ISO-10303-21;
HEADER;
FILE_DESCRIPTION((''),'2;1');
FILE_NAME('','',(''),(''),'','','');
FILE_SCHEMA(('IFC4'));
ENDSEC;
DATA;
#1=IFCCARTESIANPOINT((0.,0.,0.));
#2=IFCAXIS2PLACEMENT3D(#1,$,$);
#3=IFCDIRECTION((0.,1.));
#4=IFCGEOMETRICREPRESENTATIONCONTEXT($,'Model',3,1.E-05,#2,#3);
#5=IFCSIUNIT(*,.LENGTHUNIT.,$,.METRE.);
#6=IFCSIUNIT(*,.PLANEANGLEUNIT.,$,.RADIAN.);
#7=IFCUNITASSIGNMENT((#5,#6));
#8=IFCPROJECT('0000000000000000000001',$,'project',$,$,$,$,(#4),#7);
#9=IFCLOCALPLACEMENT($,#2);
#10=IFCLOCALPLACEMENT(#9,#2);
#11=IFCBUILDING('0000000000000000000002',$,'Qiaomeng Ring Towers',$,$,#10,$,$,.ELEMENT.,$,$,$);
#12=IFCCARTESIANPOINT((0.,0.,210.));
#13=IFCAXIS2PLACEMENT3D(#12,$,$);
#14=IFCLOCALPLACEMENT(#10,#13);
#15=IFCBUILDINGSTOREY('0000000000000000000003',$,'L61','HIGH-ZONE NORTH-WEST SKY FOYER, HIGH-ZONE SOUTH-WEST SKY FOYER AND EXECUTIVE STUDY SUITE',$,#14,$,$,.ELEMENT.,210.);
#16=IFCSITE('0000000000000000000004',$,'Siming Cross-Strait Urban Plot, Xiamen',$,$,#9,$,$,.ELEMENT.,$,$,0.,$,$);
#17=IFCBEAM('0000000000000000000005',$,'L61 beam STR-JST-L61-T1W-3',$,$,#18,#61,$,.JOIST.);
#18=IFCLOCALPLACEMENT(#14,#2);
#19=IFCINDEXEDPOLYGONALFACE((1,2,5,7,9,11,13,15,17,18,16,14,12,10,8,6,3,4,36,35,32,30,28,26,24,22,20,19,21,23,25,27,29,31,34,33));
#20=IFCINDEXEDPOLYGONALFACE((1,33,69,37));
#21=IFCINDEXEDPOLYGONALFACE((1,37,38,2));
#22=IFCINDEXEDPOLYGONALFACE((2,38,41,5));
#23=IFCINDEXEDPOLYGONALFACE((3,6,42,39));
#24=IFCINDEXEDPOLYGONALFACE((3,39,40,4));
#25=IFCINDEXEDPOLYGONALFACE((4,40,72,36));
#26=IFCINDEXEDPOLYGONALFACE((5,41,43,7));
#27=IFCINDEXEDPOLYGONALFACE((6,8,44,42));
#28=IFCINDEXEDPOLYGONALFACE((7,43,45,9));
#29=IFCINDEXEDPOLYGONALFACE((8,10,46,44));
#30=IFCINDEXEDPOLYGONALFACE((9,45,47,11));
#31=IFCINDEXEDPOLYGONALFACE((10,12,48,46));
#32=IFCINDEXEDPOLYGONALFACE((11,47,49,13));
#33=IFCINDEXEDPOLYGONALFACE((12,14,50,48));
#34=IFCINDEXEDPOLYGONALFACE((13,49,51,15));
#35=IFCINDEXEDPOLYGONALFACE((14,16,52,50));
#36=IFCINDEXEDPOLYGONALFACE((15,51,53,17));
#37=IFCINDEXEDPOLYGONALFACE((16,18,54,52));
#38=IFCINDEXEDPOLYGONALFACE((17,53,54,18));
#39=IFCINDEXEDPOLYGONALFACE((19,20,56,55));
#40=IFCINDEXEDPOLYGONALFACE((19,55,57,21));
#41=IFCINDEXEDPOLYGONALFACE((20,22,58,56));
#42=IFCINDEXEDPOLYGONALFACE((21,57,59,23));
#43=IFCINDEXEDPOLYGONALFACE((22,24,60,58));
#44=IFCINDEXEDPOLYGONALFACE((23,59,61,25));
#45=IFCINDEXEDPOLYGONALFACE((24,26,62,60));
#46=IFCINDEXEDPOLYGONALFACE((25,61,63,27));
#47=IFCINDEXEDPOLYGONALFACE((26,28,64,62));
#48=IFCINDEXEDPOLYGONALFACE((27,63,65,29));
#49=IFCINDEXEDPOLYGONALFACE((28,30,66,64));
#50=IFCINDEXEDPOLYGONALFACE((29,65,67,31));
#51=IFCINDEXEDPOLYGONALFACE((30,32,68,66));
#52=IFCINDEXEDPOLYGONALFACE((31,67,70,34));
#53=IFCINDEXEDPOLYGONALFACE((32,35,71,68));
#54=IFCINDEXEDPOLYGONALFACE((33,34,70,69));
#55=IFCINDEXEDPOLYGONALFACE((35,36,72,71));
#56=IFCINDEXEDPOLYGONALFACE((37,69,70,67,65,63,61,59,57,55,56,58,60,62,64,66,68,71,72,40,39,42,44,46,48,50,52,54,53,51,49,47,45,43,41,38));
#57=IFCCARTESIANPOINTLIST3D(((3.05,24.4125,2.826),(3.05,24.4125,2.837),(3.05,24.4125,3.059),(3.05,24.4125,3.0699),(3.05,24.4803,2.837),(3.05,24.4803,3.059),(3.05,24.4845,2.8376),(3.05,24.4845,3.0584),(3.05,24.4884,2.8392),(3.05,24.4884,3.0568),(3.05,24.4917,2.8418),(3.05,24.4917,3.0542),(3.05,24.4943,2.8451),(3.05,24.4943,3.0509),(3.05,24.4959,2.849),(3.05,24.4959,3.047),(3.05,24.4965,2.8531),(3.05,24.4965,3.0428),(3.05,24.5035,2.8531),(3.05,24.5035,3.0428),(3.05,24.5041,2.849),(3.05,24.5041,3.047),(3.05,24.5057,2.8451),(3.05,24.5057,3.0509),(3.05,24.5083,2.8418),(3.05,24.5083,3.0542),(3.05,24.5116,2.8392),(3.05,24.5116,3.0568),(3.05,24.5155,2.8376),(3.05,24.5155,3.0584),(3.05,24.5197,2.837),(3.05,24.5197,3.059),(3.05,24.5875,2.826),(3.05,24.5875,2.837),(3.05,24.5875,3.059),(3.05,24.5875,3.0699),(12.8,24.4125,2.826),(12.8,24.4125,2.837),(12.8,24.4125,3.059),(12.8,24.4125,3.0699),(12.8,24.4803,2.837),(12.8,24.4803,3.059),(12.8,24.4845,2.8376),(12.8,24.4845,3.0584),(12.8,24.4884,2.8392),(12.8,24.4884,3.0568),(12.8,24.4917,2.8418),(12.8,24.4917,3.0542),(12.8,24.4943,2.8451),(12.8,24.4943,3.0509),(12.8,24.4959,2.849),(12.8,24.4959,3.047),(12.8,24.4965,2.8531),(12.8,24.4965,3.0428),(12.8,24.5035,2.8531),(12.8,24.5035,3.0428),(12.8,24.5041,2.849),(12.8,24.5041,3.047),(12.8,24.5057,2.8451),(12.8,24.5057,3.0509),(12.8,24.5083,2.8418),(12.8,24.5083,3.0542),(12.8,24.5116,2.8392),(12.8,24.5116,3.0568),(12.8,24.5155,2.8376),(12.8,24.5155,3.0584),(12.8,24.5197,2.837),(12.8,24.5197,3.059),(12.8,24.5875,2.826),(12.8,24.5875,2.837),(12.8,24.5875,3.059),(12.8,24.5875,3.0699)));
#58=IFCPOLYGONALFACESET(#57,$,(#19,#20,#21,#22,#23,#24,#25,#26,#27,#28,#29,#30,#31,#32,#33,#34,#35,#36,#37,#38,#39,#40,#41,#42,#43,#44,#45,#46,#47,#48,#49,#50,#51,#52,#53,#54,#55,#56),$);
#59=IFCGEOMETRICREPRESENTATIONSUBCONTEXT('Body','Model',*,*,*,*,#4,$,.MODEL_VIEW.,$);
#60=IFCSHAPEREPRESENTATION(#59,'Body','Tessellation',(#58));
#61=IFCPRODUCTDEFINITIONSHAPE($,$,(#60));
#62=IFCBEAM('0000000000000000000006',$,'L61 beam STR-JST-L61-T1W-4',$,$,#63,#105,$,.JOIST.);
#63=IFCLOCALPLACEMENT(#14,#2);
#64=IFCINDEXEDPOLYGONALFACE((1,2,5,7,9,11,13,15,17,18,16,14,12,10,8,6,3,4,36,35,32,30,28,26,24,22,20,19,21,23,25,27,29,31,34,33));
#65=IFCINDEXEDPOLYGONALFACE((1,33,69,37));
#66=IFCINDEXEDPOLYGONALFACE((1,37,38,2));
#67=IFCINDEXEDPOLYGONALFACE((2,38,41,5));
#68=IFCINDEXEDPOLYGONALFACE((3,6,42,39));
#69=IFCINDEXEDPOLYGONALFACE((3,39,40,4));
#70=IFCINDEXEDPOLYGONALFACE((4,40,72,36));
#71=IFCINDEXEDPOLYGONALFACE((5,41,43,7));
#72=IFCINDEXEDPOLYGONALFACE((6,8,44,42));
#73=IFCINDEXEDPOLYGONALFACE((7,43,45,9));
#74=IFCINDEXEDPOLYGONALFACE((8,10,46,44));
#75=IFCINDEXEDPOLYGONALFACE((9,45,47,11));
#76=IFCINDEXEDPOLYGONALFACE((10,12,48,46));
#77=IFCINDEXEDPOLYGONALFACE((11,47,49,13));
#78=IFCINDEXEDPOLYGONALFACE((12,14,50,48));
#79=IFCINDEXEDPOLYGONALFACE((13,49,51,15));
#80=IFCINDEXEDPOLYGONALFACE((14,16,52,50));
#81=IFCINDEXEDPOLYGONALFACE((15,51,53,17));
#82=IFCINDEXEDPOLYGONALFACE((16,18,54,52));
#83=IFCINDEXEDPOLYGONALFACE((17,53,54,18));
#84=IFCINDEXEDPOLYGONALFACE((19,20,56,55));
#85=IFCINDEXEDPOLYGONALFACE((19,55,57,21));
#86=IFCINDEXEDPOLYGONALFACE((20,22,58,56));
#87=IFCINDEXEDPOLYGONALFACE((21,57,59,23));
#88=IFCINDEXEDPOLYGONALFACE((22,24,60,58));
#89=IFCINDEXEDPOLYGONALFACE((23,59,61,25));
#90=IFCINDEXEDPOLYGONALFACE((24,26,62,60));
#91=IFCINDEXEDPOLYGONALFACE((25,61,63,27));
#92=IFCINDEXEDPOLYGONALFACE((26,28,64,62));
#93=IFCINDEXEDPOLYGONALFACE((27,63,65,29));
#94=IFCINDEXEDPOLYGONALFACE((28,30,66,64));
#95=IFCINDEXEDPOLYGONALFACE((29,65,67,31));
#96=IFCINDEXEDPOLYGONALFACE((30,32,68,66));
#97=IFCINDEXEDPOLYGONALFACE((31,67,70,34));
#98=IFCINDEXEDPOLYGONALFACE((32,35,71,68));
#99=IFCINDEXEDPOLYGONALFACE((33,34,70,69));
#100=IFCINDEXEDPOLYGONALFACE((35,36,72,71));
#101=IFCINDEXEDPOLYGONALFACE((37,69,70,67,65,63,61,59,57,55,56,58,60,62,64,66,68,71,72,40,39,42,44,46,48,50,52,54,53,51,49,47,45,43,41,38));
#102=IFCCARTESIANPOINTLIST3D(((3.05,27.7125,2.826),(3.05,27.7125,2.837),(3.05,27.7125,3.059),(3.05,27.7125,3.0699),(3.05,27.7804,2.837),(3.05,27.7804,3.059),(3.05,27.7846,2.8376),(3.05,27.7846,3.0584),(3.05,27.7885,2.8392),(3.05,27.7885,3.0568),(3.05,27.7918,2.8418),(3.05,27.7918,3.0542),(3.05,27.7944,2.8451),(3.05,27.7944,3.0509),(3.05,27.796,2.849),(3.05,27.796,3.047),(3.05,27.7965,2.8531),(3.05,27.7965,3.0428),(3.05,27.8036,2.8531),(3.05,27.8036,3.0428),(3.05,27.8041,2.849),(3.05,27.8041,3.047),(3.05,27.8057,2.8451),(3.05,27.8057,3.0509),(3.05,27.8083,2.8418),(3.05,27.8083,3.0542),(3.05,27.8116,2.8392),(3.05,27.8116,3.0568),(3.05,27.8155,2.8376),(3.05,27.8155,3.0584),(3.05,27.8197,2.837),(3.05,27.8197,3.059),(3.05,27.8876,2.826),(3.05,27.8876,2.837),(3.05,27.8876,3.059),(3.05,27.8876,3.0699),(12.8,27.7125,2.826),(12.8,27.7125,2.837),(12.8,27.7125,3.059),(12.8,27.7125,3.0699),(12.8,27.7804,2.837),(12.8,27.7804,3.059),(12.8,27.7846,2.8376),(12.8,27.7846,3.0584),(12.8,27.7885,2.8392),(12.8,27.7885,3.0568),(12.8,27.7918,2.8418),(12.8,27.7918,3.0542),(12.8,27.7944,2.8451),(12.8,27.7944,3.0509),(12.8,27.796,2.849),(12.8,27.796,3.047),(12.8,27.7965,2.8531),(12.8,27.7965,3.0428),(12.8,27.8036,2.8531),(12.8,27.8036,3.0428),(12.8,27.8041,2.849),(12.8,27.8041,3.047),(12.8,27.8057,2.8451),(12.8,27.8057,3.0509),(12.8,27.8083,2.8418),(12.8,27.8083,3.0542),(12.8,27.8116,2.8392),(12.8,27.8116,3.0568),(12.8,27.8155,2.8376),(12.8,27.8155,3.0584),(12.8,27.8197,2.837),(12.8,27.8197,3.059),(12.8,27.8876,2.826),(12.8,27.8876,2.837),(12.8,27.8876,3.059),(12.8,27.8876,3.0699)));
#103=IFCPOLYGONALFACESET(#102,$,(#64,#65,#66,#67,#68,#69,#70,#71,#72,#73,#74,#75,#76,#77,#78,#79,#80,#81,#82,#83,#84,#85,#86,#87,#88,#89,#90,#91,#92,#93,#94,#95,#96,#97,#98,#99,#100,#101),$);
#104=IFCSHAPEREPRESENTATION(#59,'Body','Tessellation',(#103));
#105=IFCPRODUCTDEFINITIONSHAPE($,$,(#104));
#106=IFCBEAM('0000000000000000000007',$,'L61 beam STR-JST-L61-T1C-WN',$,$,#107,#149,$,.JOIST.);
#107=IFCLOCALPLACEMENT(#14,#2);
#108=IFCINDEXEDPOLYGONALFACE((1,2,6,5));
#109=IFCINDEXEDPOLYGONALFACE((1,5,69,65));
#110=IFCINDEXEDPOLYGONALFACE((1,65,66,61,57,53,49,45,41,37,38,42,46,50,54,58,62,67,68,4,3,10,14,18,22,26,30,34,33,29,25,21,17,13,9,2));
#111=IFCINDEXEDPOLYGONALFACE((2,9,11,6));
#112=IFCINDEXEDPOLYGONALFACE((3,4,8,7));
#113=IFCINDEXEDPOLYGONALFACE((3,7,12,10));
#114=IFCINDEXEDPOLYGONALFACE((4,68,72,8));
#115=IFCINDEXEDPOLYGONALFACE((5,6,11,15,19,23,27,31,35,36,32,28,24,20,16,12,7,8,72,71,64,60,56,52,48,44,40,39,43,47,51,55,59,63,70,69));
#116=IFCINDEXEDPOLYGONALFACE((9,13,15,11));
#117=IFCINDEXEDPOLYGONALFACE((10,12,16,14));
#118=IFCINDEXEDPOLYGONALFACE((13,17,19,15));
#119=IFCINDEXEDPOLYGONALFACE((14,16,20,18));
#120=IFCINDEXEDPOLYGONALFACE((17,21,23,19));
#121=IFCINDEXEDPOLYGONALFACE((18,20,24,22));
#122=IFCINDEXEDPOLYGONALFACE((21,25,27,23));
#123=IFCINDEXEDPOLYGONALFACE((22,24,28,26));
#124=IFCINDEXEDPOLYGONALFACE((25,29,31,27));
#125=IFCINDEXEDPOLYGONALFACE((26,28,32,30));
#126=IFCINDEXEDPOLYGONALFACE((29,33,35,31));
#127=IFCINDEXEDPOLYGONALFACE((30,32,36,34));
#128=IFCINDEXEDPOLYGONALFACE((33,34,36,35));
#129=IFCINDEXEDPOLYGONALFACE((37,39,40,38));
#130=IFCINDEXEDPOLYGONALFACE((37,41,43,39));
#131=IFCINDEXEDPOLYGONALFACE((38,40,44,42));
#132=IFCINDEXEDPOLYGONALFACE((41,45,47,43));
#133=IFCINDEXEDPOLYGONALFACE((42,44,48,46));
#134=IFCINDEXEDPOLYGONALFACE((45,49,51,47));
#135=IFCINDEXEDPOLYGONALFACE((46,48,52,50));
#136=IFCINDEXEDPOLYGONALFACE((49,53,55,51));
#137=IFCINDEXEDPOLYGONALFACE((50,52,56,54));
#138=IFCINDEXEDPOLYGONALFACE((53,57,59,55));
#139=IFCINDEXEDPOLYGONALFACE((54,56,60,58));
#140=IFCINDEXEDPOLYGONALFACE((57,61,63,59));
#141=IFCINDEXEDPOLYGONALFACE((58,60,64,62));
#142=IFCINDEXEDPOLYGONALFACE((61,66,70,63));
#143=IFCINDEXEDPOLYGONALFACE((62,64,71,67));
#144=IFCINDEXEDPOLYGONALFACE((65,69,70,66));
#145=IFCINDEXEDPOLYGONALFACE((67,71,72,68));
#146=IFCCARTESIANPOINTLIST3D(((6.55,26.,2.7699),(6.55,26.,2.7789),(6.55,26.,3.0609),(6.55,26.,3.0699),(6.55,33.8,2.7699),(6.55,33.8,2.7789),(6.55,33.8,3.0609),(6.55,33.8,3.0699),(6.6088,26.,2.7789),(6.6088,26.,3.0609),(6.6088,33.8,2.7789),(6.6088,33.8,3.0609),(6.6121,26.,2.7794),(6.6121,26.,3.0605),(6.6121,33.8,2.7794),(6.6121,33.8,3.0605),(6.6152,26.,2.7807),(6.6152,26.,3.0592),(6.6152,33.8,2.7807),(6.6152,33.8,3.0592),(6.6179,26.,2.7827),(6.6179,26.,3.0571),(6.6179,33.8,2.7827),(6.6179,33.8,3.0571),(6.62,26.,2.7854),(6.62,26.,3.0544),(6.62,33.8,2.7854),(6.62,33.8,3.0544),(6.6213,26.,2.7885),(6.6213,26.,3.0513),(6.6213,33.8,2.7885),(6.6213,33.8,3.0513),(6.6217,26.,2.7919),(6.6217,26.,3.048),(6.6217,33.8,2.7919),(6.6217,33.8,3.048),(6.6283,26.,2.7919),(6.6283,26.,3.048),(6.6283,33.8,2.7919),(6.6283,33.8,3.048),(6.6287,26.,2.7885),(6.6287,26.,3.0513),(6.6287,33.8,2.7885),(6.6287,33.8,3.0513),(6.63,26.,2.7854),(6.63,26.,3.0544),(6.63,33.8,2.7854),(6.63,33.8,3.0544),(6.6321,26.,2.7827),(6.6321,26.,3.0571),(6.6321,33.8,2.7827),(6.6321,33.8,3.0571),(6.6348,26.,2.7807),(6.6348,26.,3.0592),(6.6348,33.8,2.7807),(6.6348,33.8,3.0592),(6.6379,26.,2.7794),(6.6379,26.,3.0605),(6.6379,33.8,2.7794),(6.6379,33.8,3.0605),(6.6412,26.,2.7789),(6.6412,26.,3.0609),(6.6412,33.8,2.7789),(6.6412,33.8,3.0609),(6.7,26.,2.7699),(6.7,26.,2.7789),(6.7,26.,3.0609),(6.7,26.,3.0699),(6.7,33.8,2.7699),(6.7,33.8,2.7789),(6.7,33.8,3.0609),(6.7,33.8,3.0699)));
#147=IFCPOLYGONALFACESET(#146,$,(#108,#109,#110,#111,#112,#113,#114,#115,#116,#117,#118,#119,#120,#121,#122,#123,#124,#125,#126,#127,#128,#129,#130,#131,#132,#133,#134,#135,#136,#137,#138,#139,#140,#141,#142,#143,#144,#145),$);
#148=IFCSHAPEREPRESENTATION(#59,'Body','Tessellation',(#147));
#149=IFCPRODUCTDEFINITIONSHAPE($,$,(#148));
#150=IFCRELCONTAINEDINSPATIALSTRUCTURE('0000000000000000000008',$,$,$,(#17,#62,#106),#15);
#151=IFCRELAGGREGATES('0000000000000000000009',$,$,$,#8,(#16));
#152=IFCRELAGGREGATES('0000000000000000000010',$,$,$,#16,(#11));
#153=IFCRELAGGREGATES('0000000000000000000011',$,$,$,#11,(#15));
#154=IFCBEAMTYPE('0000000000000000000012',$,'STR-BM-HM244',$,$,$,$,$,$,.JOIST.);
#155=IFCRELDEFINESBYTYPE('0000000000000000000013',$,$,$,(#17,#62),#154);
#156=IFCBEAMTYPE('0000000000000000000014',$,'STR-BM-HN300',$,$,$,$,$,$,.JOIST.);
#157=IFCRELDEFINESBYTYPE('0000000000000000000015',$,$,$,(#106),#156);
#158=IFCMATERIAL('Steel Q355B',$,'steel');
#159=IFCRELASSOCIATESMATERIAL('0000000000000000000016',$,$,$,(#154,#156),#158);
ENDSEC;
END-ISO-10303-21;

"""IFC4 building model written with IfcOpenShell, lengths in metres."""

from ifc_helpers import new_model, si_unit, direction, frame, origin, origin_2d, place, context, subcontext, project, spatial, i_section, extrude, source, transform, mapped, material, material_profile, profile_set, type_object, element, save


model = new_model("IFC4")

# Units and contexts
model_context = context("Model", 3, precision=1e-05, world=origin(), true_north=direction((0.0, 1.0)))
body_context = subcontext(model_context, "Body", "Model", "MODEL_VIEW")
ifc_project = project(units=[si_unit("LENGTHUNIT", "METRE"), si_unit("PLANEANGLEUNIT", "RADIAN")], contexts=[model_context])

# Site, building, storey
site_placement = place(None, origin())
site = spatial("IfcSite", under=ifc_project, at=site_placement, Name="Siming Cross-Strait Urban Plot, Xiamen", CompositionType="ELEMENT", RefElevation=0.0)
building_placement = place(site_placement, origin())
building = spatial("IfcBuilding", under=site, at=building_placement, Name="Qiaomeng Ring Towers", CompositionType="ELEMENT")
storey_placement = place(building_placement, frame((0.0, 0.0, 210.0)))
storey = spatial("IfcBuildingStorey", under=building, at=storey_placement, Name="L61", Description="HIGH-ZONE NORTH-WEST SKY FOYER, HIGH-ZONE SOUTH-WEST SKY FOYER AND EXECUTIVE STUDY SUITE", CompositionType="ELEMENT", Elevation=210.0)

# Beams
ifc_material_1 = material(Name="Steel Q355B", Category="steel")
ifc_material_profile_1 = material_profile(ifc_material_1, i_section(OverallWidth=0.175, OverallDepth=0.2439, WebThickness=0.0071, FlangeThickness=0.011, FilletRadius=0.0161, at=origin_2d()), Name="HM 244x175x7x11")
ifc_profile_set_1 = profile_set([ifc_material_profile_1], Name="Steel Q355B")
beam_type_1 = type_object("IfcBeamType", Name="STR-BM-HM244", PredefinedType="JOIST", material=ifc_profile_set_1)
shared_shape_1 = source(origin(), body_context, "Body", "SweptSolid", [
    extrude(i_section(OverallWidth=0.175, OverallDepth=0.2439, WebThickness=0.0071, FlangeThickness=0.011, FilletRadius=0.0161, at=origin_2d()), origin(), (0.0, 0.0, 1.0), 9.75),
])
for number, where, z_axis, x_axis, name in (
    (1, (3.05, 24.5, 2.948), (1.0, 0.0, 0.0), (0.0, 1.0, 0.0), "L61 beam STR-JST-L61-T1W-3"),
    (2, (3.05, 27.8, 2.948), (1.0, 0.0, 0.0), (0.0, 1.0, 0.0), "L61 beam STR-JST-L61-T1W-4"),
):
    element("IfcBeam", number, at=place(storey_placement, frame(where, z_axis=z_axis, x_axis=x_axis)), inside=storey, type_object=beam_type_1, Name=name, PredefinedType="JOIST", context=body_context, shape_type="MappedRepresentation", body=[
        mapped(shared_shape_1, transform((0.0, 0.0, 0.0), x_axis=(1.0, 0.0, 0.0), y_axis=(0.0, 1.0, 0.0), z_axis=(0.0, 0.0, 1.0), scale=1.0)),
    ])
ifc_material_profile_2 = material_profile(ifc_material_1, i_section(OverallWidth=0.1499, OverallDepth=0.3, WebThickness=0.0066, FlangeThickness=0.009, FilletRadius=0.0129, at=origin_2d()), Name="HN 300x150x6.5x9")
ifc_profile_set_2 = profile_set([ifc_material_profile_2], Name="Steel Q355B")
beam_type_2 = type_object("IfcBeamType", Name="STR-BM-HN300", PredefinedType="JOIST", material=ifc_profile_set_2)
shared_shape_2 = source(origin(), body_context, "Body", "SweptSolid", [
    extrude(i_section(OverallWidth=0.1499, OverallDepth=0.3, WebThickness=0.0066, FlangeThickness=0.009, FilletRadius=0.0129, at=origin_2d()), origin(), (0.0, 0.0, 1.0), 7.8),
])
beam_1_placement = place(storey_placement, frame((6.625, 26.0, 2.9199), z_axis=(0.0, 1.0, 0.0), x_axis=(-1.0, 0.0, 0.0)))
element("IfcBeam", 3, at=beam_1_placement, inside=storey, type_object=beam_type_2, Name="L61 beam STR-JST-L61-T1C-WN", PredefinedType="JOIST", context=body_context, shape_type="MappedRepresentation", body=[
    mapped(shared_shape_2, transform((0.0, 0.0, 0.0), x_axis=(1.0, 0.0, 0.0), y_axis=(0.0, 1.0, 0.0), z_axis=(0.0, 0.0, 1.0), scale=1.0)),
])

save(model, "model.ifc")
